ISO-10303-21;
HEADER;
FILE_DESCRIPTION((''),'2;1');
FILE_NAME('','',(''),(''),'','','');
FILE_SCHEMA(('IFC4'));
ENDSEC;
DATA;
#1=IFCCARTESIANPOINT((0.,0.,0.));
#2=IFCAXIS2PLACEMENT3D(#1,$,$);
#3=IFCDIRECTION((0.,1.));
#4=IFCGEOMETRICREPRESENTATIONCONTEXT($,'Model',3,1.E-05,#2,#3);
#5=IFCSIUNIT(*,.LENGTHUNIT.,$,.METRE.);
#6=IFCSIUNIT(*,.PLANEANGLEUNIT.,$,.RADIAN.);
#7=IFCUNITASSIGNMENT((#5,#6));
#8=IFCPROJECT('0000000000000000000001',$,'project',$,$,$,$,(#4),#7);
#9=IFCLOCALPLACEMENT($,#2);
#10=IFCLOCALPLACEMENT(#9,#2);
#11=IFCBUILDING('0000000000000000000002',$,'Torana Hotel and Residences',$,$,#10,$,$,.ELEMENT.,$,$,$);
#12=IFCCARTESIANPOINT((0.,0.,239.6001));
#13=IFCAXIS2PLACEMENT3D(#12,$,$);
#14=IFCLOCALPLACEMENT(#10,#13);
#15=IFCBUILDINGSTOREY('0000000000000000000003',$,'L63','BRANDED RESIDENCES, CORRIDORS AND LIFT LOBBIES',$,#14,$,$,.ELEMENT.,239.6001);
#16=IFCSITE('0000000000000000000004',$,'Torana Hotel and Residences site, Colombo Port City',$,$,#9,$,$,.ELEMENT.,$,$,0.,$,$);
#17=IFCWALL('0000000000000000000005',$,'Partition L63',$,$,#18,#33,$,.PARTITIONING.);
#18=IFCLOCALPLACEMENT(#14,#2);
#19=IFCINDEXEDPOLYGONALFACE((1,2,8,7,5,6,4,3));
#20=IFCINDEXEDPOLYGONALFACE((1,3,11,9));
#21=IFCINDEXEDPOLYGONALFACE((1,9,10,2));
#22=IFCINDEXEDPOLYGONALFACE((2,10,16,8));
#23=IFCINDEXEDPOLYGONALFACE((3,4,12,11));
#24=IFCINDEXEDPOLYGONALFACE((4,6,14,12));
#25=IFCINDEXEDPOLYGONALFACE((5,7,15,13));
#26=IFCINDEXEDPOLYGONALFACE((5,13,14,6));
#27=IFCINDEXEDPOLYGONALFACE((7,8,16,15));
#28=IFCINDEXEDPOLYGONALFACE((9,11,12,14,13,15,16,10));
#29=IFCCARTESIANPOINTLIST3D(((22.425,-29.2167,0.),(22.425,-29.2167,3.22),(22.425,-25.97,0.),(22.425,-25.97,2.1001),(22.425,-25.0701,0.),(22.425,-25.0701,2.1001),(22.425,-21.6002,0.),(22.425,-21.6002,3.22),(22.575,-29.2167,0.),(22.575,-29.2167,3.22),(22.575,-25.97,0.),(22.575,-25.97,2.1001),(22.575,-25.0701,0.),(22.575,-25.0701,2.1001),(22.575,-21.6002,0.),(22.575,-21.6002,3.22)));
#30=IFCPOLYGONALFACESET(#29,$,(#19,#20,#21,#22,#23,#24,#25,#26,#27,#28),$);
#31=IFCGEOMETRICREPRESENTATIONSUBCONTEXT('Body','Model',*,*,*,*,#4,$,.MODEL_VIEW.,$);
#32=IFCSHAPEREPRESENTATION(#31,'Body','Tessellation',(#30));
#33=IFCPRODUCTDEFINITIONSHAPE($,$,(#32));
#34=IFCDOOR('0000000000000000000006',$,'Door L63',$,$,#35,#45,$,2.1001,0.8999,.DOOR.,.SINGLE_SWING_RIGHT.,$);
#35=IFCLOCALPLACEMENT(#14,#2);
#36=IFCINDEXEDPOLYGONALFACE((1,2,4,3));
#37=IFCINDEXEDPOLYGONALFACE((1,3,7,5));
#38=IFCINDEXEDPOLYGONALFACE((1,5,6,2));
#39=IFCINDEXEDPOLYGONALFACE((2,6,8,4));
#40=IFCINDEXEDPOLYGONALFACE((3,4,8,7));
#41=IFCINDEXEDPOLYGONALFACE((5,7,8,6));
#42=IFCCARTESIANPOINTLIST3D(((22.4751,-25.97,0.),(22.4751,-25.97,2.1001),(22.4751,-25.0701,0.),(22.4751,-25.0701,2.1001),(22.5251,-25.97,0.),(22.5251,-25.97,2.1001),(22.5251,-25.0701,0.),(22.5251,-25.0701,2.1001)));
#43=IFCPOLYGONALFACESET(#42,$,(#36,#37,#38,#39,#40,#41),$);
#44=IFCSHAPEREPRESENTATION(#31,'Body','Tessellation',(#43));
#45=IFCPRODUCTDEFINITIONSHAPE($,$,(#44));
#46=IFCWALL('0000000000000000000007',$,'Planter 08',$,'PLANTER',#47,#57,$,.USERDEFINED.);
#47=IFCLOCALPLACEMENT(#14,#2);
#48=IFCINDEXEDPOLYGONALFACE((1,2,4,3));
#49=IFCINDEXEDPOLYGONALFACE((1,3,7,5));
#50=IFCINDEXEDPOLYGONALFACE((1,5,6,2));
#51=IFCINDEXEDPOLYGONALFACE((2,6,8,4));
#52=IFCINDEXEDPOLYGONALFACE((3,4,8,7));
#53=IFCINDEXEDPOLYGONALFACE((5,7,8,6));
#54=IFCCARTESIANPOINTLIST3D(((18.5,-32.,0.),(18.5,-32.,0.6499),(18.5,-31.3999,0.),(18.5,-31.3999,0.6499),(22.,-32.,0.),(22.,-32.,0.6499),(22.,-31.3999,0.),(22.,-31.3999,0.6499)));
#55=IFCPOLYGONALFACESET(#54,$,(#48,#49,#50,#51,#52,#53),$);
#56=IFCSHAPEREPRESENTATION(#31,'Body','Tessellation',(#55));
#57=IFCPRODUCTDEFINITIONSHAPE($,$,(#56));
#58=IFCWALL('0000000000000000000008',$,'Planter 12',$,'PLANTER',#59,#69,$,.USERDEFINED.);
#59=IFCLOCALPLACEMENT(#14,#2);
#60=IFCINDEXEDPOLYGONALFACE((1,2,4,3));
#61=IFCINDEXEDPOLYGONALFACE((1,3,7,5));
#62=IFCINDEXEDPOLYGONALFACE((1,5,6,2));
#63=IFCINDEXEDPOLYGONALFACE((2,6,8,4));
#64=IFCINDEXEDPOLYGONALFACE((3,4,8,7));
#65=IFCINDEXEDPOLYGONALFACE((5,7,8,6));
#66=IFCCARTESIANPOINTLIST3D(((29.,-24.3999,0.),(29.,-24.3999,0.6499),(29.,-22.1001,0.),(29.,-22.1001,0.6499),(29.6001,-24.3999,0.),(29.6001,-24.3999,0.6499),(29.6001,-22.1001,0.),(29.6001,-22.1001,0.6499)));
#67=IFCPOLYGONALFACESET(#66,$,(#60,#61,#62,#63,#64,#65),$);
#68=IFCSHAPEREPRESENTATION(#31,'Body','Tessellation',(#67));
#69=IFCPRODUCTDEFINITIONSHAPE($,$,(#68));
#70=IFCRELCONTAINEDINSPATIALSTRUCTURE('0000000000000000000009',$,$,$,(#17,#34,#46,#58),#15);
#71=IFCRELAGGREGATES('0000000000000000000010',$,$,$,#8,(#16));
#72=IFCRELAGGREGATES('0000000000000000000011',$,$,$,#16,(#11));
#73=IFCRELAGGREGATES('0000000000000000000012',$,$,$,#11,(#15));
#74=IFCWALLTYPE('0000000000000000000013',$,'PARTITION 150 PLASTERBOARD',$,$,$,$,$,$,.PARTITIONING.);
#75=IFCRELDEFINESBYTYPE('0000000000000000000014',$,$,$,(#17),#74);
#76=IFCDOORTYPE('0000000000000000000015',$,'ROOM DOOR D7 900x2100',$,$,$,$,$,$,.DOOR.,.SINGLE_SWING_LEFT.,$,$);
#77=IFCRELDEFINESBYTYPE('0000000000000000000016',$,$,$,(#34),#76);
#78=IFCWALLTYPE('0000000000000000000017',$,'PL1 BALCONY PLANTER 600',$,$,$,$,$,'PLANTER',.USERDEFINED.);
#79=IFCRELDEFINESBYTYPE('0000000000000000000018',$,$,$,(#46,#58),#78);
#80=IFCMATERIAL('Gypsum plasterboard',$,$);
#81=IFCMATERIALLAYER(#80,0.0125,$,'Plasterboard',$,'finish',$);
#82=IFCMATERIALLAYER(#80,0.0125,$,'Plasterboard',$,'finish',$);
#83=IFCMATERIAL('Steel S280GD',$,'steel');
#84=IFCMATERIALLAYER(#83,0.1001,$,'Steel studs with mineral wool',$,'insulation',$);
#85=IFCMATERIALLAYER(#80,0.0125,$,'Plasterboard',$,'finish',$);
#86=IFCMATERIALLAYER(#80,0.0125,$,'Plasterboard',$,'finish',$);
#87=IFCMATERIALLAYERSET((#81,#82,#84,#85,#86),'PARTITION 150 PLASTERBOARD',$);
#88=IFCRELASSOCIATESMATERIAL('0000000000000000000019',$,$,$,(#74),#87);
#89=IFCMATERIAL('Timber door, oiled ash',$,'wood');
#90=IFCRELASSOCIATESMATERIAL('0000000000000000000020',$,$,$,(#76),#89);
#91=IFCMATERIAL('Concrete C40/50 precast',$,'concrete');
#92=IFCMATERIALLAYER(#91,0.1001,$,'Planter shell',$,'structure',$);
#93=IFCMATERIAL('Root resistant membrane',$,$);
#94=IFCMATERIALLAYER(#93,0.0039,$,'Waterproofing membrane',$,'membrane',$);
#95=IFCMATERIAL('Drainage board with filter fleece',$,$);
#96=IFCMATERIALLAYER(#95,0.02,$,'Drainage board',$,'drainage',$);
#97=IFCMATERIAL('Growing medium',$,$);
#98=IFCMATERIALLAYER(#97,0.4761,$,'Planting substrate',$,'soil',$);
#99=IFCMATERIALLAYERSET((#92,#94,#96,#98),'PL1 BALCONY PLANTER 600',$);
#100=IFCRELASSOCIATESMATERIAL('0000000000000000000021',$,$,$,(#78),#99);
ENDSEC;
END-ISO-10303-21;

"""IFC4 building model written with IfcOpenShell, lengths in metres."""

from ifc_helpers import new_model, si_unit, direction, frame, frame_2d, origin, place, context, subcontext, project, spatial, rectangle, extrude, material, layer, layer_set, type_object, element, fill, save


model = new_model("IFC4")

# Units and contexts
model_context = context("Model", 3, precision=1e-05, world=origin(), true_north=direction((0.0, 1.0)))
body_context = subcontext(model_context, "Body", "Model", "MODEL_VIEW")
ifc_project = project(units=[si_unit("LENGTHUNIT", "METRE"), si_unit("PLANEANGLEUNIT", "RADIAN")], contexts=[model_context])

# Site, building, storey
site_placement = place(None, origin())
site = spatial("IfcSite", under=ifc_project, at=site_placement, Name="Torana Hotel and Residences site, Colombo Port City", CompositionType="ELEMENT", RefElevation=0.0)
building_placement = place(site_placement, origin())
building = spatial("IfcBuilding", under=site, at=building_placement, Name="Torana Hotel and Residences", CompositionType="ELEMENT")
storey_placement = place(building_placement, frame((0.0, 0.0, 239.6001)))
storey = spatial("IfcBuildingStorey", under=building, at=storey_placement, Name="L63", Description="BRANDED RESIDENCES, CORRIDORS AND LIFT LOBBIES", CompositionType="ELEMENT", Elevation=239.6001)

# Shared definitions
ifc_material_1 = material(Name="Steel S280GD", Category="steel")

# Wall, opening, door
ifc_material_2 = material(Name="Gypsum plasterboard")
ifc_layer_1 = layer(ifc_material_2, 0.0125, Name="Plasterboard", Category="finish")
ifc_layer_2 = layer(ifc_material_2, 0.0125, Name="Plasterboard", Category="finish")
ifc_layer_3 = layer(ifc_material_1, 0.1001, Name="Steel studs with mineral wool", Category="insulation")
ifc_layer_4 = layer(ifc_material_2, 0.0125, Name="Plasterboard", Category="finish")
ifc_layer_5 = layer(ifc_material_2, 0.0125, Name="Plasterboard", Category="finish")
ifc_layer_set_1 = layer_set([ifc_layer_1, ifc_layer_2, ifc_layer_3, ifc_layer_4, ifc_layer_5], Name="PARTITION 150 PLASTERBOARD")
wall_type_1 = type_object("IfcWallType", Name="PARTITION 150 PLASTERBOARD", PredefinedType="PARTITIONING", material=ifc_layer_set_1)
wall_1_placement = place(storey_placement, frame((22.5, -29.2166, 0.0), z_axis=(0.0, 0.0, 1.0), x_axis=(0.0, 1.0, 0.0)))
wall_1 = element("IfcWall", 1, at=wall_1_placement, inside=storey, type_object=wall_type_1, Name="Partition L63", PredefinedType="PARTITIONING", context=body_context, shape_type="SweptSolid", body=[
    extrude(rectangle(XDim=7.6165, YDim=0.1499, at=frame_2d((3.8081, 0.0))), origin(), (0.0, 0.0, 1.0), 3.22),
])
opening_1_placement = place(wall_1_placement, frame((3.2466, 0.0, 0.0)))
opening_1 = element("IfcOpeningElement", 2, at=opening_1_placement, cuts=wall_1, PredefinedType="OPENING", context=body_context, shape_type="SweptSolid", body=[
    extrude(rectangle(XDim=0.8999, YDim=2.1001, at=frame_2d((0.45, 1.05))), frame((0.0, 0.085, 0.0), z_axis=(0.0, -1.0, 0.0), x_axis=(1.0, 0.0, 0.0)), (0.0, 0.0, 1.0), 0.1699),
])
ifc_material_3 = material(Name="Timber door, oiled ash", Category="wood")
door_type_1 = type_object("IfcDoorType", Name="ROOM DOOR D7 900x2100", OperationType="SINGLE_SWING_LEFT", PredefinedType="DOOR", material=ifc_material_3)
door_1_placement = place(opening_1_placement, origin())
door_1 = element("IfcDoor", 3, at=door_1_placement, inside=storey, type_object=door_type_1, Name="Door L63", OperationType="SINGLE_SWING_RIGHT", OverallHeight=2.1001, OverallWidth=0.8999, PredefinedType="DOOR", context=body_context, shape_type="SweptSolid", body=[
    extrude(rectangle(XDim=0.8999, YDim=2.1001, at=frame_2d((0.45, 1.05))), frame((0.0, 0.0249, 0.0), z_axis=(0.0, -1.0, 0.0), x_axis=(1.0, 0.0, 0.0)), (0.0, 0.0, 1.0), 0.05),
])
fill(opening_1, door_1)

# Walls
ifc_material_4 = material(Name="Concrete C40/50 precast", Category="concrete")
ifc_layer_6 = layer(ifc_material_4, 0.1001, Name="Planter shell", Category="structure")
ifc_material_5 = material(Name="Root resistant membrane")
ifc_layer_7 = layer(ifc_material_5, 0.0039, Name="Waterproofing membrane", Category="membrane")
ifc_material_6 = material(Name="Drainage board with filter fleece")
ifc_layer_8 = layer(ifc_material_6, 0.02, Name="Drainage board", Category="drainage")
ifc_material_7 = material(Name="Growing medium")
ifc_layer_9 = layer(ifc_material_7, 0.4761, Name="Planting substrate", Category="soil")
ifc_layer_set_2 = layer_set([ifc_layer_6, ifc_layer_7, ifc_layer_8, ifc_layer_9], Name="PL1 BALCONY PLANTER 600")
wall_type_2 = type_object("IfcWallType", Name="PL1 BALCONY PLANTER 600", ElementType="PLANTER", PredefinedType="USERDEFINED", material=ifc_layer_set_2)
wall_2_placement = place(storey_placement, frame((22.0, -31.7, 0.0), z_axis=(0.0, 0.0, 1.0), x_axis=(-1.0, 0.0, 0.0)))
element("IfcWall", 4, at=wall_2_placement, inside=storey, type_object=wall_type_2, Name="Planter 08", ObjectType="PLANTER", PredefinedType="USERDEFINED", context=body_context, shape_type="SweptSolid", body=[
    extrude(rectangle(XDim=3.5, YDim=0.6001, at=frame_2d((1.75, 0.0))), origin(), (0.0, 0.0, 1.0), 0.6499),
])
wall_3_placement = place(storey_placement, frame((29.3, -22.1001, 0.0), z_axis=(0.0, 0.0, 1.0), x_axis=(0.0, -1.0, 0.0)))
element("IfcWall", 5, at=wall_3_placement, inside=storey, type_object=wall_type_2, Name="Planter 12", ObjectType="PLANTER", PredefinedType="USERDEFINED", context=body_context, shape_type="SweptSolid", body=[
    extrude(rectangle(XDim=2.2998, YDim=0.6001, at=frame_2d((1.1499, 0.0))), origin(), (0.0, 0.0, 1.0), 0.6499),
])

save(model, "model.ifc")
